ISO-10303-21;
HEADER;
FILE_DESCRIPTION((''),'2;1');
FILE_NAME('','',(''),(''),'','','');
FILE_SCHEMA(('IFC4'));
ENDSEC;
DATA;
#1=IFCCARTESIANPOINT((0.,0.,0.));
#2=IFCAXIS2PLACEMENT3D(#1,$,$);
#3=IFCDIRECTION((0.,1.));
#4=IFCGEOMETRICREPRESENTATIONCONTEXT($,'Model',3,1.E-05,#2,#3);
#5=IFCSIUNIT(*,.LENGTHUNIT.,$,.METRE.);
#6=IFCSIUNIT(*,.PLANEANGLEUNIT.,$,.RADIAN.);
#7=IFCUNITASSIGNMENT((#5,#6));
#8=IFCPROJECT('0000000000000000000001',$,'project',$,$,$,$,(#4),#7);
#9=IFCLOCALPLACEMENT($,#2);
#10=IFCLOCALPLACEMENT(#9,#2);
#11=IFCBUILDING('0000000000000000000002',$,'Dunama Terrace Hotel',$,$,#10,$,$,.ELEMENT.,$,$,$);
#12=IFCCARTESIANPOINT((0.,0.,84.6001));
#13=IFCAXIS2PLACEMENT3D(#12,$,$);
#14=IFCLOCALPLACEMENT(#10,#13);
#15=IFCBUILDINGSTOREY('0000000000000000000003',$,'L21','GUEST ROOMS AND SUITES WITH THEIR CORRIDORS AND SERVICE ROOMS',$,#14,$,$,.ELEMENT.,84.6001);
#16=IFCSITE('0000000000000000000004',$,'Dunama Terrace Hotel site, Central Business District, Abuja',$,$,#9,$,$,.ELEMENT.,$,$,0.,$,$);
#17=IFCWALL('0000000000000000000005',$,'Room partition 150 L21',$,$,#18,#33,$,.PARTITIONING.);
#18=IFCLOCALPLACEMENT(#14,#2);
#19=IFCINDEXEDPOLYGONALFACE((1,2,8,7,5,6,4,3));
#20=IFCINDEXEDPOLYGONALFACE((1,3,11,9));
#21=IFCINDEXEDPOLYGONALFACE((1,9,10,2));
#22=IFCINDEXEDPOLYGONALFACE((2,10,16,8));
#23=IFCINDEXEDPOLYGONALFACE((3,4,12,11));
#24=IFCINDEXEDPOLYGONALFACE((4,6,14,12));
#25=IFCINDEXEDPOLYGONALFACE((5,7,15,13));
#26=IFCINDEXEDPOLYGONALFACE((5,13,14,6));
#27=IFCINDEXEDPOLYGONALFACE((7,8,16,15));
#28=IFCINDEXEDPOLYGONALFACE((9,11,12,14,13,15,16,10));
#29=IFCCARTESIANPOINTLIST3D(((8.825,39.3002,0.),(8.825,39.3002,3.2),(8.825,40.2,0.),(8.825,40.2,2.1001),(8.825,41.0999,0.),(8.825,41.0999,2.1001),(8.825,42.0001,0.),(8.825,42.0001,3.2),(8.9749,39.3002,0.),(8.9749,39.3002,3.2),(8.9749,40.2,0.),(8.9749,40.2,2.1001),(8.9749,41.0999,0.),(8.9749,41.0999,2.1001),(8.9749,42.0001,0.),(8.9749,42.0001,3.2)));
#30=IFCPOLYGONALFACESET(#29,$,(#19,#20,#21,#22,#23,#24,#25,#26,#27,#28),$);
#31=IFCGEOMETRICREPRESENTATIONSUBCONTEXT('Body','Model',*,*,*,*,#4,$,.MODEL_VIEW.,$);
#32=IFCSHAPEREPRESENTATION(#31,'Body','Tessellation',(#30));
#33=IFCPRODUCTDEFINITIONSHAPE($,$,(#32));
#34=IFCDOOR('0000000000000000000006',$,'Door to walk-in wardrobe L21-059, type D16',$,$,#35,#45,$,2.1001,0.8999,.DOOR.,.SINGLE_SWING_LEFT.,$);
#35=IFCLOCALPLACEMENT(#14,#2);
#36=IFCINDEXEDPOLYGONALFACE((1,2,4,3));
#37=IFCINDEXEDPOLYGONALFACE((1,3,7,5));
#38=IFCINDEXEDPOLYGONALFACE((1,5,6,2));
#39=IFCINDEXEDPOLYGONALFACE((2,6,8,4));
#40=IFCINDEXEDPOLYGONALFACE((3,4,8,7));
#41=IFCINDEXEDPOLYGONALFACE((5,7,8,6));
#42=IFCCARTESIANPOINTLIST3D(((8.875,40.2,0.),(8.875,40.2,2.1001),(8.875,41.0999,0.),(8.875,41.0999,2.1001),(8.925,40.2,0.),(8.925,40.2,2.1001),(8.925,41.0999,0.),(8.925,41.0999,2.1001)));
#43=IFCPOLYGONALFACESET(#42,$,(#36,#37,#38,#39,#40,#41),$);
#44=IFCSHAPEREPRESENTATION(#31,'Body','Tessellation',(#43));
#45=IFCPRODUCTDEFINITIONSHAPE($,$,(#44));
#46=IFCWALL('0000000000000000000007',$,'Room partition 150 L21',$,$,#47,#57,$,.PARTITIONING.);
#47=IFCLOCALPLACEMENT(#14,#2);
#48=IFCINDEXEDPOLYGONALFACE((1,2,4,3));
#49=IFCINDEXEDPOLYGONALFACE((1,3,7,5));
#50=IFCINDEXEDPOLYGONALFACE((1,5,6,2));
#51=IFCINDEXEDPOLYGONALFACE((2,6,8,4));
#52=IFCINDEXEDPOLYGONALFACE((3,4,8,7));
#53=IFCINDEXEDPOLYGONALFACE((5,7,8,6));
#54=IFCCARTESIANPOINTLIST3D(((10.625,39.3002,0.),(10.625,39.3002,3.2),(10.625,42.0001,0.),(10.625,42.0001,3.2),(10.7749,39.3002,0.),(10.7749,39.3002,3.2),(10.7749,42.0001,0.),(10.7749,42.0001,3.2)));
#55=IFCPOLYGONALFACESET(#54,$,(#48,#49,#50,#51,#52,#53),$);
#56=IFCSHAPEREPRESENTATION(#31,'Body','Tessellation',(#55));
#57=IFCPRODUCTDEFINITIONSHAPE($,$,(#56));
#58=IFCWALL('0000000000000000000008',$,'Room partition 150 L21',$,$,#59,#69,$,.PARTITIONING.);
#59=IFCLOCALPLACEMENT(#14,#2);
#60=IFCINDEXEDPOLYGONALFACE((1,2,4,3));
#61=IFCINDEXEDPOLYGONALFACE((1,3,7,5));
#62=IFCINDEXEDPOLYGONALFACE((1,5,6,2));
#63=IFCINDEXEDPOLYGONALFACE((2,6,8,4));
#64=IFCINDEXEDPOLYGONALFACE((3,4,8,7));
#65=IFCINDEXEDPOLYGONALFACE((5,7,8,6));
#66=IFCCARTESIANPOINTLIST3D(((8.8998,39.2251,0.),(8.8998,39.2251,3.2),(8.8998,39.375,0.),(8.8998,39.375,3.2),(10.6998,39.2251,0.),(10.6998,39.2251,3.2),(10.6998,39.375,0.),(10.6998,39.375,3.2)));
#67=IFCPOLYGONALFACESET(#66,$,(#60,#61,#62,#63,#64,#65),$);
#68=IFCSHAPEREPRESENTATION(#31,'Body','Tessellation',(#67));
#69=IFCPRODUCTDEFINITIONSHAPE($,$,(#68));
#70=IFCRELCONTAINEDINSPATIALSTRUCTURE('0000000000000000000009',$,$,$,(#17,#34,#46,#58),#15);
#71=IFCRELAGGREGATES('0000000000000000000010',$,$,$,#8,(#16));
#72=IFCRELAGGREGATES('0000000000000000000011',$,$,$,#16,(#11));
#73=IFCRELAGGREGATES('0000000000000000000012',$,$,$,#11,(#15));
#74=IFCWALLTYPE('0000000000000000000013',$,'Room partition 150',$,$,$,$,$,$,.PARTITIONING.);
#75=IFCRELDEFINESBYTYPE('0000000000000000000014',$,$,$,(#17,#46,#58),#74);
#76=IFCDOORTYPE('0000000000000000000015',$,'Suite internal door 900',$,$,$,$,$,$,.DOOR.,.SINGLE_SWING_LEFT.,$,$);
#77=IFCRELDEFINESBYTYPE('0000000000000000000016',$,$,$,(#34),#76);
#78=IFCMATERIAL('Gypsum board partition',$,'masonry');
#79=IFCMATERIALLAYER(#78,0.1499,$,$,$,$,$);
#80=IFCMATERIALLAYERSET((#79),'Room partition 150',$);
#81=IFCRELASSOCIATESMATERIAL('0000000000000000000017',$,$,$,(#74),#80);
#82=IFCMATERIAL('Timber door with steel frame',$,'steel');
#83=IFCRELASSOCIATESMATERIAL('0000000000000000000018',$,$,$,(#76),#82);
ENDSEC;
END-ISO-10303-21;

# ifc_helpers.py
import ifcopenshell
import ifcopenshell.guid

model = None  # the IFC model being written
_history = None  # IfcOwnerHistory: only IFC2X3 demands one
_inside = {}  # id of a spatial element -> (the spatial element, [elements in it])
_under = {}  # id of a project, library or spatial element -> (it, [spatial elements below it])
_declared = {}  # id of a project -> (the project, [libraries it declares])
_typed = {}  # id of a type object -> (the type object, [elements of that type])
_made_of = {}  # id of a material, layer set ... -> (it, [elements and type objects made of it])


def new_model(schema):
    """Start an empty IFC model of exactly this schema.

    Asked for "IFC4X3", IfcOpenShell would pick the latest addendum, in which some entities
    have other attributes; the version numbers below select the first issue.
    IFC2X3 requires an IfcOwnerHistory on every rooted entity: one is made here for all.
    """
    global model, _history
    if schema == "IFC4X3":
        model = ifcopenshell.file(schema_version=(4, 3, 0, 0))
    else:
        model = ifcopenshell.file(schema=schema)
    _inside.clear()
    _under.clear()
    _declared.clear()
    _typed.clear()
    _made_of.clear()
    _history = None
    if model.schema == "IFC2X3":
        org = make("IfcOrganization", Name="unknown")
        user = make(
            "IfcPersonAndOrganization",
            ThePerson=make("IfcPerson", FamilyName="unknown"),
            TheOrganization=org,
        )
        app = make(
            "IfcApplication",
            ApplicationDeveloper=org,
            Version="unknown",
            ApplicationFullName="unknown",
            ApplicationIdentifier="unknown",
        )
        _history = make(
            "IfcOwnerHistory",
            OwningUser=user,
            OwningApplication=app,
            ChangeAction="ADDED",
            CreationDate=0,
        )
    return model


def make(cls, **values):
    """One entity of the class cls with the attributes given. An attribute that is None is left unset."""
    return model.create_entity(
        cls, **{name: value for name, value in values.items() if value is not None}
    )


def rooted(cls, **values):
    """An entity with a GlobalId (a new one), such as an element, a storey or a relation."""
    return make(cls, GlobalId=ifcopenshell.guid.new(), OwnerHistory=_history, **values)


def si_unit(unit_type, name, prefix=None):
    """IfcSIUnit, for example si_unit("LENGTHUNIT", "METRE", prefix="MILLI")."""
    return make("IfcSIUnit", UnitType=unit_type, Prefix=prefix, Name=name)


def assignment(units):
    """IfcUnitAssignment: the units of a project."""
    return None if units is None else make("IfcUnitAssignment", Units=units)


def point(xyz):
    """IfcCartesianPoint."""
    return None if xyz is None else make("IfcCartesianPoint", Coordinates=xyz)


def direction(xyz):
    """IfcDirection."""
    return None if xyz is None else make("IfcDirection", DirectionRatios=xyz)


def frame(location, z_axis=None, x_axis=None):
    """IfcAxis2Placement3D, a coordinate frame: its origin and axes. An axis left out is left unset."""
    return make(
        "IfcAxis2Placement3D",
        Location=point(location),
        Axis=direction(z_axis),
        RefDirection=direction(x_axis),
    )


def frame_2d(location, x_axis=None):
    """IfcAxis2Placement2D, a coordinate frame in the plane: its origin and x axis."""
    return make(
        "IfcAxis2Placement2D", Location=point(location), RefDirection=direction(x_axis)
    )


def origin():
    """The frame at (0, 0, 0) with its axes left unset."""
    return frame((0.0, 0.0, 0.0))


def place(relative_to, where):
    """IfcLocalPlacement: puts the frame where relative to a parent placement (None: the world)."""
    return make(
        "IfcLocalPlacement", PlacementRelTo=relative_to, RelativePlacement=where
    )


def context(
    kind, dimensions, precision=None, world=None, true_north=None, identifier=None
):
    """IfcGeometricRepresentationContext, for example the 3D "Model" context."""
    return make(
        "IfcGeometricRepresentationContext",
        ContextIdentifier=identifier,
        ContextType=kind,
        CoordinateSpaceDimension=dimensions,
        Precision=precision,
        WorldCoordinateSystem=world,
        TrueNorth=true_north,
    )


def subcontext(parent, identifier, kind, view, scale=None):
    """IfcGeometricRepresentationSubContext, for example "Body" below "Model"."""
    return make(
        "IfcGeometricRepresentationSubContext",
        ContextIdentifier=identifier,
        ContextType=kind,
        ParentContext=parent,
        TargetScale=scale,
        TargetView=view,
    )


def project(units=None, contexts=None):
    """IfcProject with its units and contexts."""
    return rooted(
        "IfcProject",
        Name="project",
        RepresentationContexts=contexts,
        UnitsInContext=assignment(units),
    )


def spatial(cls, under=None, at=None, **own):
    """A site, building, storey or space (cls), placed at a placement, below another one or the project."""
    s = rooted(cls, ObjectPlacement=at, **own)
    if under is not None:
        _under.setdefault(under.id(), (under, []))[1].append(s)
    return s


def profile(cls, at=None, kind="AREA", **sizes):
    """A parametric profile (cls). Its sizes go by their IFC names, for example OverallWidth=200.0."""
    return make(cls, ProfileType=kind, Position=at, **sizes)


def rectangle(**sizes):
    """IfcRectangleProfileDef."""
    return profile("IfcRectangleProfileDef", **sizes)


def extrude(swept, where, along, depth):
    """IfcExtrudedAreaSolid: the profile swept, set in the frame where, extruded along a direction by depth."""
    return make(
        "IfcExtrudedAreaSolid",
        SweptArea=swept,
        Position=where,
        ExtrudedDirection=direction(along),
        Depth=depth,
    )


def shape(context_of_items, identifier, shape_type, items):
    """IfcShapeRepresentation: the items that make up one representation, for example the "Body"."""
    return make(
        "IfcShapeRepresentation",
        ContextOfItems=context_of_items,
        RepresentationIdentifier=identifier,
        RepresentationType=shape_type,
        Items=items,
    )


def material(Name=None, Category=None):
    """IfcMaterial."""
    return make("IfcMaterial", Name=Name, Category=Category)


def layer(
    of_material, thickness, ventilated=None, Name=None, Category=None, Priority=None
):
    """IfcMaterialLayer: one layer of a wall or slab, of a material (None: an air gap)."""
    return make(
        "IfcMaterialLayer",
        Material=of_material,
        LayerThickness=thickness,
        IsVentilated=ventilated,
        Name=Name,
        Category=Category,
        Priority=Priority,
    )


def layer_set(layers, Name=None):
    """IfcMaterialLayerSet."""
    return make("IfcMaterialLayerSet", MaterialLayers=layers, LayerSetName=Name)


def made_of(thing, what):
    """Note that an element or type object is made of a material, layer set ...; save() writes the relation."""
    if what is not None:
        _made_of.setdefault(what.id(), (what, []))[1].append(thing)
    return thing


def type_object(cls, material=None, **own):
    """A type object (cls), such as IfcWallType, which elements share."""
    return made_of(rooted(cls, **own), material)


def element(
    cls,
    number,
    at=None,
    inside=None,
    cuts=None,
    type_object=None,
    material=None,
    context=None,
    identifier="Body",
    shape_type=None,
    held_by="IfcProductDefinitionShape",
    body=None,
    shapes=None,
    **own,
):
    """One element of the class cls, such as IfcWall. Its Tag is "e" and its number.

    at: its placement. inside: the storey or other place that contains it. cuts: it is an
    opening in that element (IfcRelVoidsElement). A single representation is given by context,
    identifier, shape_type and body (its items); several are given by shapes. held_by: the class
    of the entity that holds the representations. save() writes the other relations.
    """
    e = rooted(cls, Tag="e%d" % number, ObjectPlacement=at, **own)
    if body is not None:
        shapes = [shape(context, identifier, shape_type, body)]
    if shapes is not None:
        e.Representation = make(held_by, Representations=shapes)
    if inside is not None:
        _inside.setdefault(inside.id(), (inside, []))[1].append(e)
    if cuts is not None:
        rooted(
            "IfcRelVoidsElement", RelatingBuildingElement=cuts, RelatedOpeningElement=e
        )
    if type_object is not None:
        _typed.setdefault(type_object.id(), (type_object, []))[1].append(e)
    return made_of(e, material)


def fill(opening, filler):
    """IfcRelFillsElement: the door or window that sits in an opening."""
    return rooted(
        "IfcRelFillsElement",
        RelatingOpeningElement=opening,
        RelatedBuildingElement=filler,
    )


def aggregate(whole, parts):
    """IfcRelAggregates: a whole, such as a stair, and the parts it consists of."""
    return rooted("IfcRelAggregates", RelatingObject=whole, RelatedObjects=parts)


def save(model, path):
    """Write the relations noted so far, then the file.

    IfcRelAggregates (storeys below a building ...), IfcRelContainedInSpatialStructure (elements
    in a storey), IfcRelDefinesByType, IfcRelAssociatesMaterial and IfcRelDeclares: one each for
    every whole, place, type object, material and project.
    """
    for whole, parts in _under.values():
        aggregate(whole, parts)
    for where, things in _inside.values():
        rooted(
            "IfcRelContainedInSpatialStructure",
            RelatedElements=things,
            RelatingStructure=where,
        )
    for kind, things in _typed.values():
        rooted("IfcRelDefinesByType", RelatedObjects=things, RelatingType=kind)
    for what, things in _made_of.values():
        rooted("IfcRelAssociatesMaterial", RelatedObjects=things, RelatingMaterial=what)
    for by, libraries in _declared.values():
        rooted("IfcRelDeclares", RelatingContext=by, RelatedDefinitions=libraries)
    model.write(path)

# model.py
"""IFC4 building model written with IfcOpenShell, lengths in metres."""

from ifc_helpers import new_model, si_unit, direction, frame, frame_2d, origin, place, context, subcontext, project, spatial, rectangle, extrude, material, layer, layer_set, type_object, element, fill, save


model = new_model("IFC4")

# Units and contexts
model_context = context("Model", 3, precision=1e-05, world=origin(), true_north=direction((0.0, 1.0)))
body_context = subcontext(model_context, "Body", "Model", "MODEL_VIEW")
ifc_project = project(units=[si_unit("LENGTHUNIT", "METRE"), si_unit("PLANEANGLEUNIT", "RADIAN")], contexts=[model_context])

# Site, building, storey
site_placement = place(None, origin())
site = spatial("IfcSite", under=ifc_project, at=site_placement, Name="Dunama Terrace Hotel site, Central Business District, Abuja", CompositionType="ELEMENT", RefElevation=0.0)
building_placement = place(site_placement, origin())
building = spatial("IfcBuilding", under=site, at=building_placement, Name="Dunama Terrace Hotel", CompositionType="ELEMENT")
storey_placement = place(building_placement, frame((0.0, 0.0, 84.6001)))
storey = spatial("IfcBuildingStorey", under=building, at=storey_placement, Name="L21", Description="GUEST ROOMS AND SUITES WITH THEIR CORRIDORS AND SERVICE ROOMS", CompositionType="ELEMENT", Elevation=84.6001)

# Wall, opening, door
ifc_material_1 = material(Name="Gypsum board partition", Category="masonry")
ifc_layer_1 = layer(ifc_material_1, 0.1499)
ifc_layer_set_1 = layer_set([ifc_layer_1], Name="Room partition 150")
wall_type_1 = type_object("IfcWallType", Name="Room partition 150", PredefinedType="PARTITIONING", material=ifc_layer_set_1)
wall_1_placement = place(storey_placement, frame((8.8999, 39.3, 0.0), z_axis=(0.0, 0.0, 1.0), x_axis=(0.0, 1.0, 0.0)))
wall_1 = element("IfcWall", 1, at=wall_1_placement, inside=storey, type_object=wall_type_1, Name="Room partition 150 L21", PredefinedType="PARTITIONING", context=body_context, shape_type="SweptSolid", body=[
    extrude(rectangle(XDim=2.7, YDim=0.1499, at=frame_2d((1.3501, 0.0))), origin(), (0.0, 0.0, 1.0), 3.2),
])
opening_1_placement = place(wall_1_placement, frame((0.8999, 0.0, 0.0)))
opening_1 = element("IfcOpeningElement", 2, at=opening_1_placement, cuts=wall_1, PredefinedType="OPENING", context=body_context, shape_type="SweptSolid", body=[
    extrude(rectangle(XDim=0.8999, YDim=2.1001, at=frame_2d((0.45, 1.05))), frame((0.0, 0.085, 0.0), z_axis=(0.0, -1.0, 0.0), x_axis=(1.0, 0.0, 0.0)), (0.0, 0.0, 1.0), 0.1699),
])
ifc_material_2 = material(Name="Timber door with steel frame", Category="steel")
door_type_1 = type_object("IfcDoorType", Name="Suite internal door 900", OperationType="SINGLE_SWING_LEFT", PredefinedType="DOOR", material=ifc_material_2)
door_1_placement = place(opening_1_placement, frame((0.8999, 0.0, 0.0), z_axis=(0.0, 0.0, 1.0), x_axis=(-1.0, 0.0, 0.0)))
door_1 = element("IfcDoor", 3, at=door_1_placement, inside=storey, type_object=door_type_1, Name="Door to walk-in wardrobe L21-059, type D16", OperationType="SINGLE_SWING_LEFT", OverallHeight=2.1001, OverallWidth=0.8999, PredefinedType="DOOR", context=body_context, shape_type="SweptSolid", body=[
    extrude(rectangle(XDim=0.8999, YDim=2.1001, at=frame_2d((0.45, 1.05))), frame((0.0, 0.0251, 0.0), z_axis=(0.0, -1.0, 0.0), x_axis=(1.0, 0.0, 0.0)), (0.0, 0.0, 1.0), 0.05),
])
fill(opening_1, door_1)

# Walls
wall_2_placement = place(storey_placement, frame((10.7, 39.3, 0.0), z_axis=(0.0, 0.0, 1.0), x_axis=(0.0, 1.0, 0.0)))
element("IfcWall", 4, at=wall_2_placement, inside=storey, type_object=wall_type_1, Name="Room partition 150 L21", PredefinedType="PARTITIONING", context=body_context, shape_type="SweptSolid", body=[
    extrude(rectangle(XDim=2.7, YDim=0.1499, at=frame_2d((1.3501, 0.0))), origin(), (0.0, 0.0, 1.0), 3.2),
])
wall_3_placement = place(storey_placement, frame((8.8999, 39.3, 0.0), z_axis=(0.0, 0.0, 1.0), x_axis=(1.0, 0.0, 0.0)))
element("IfcWall", 5, at=wall_3_placement, inside=storey, type_object=wall_type_1, Name="Room partition 150 L21", PredefinedType="PARTITIONING", context=body_context, shape_type="SweptSolid", body=[
    extrude(rectangle(XDim=1.8, YDim=0.1499, at=frame_2d((0.8999, 0.0))), origin(), (0.0, 0.0, 1.0), 3.2),
])

save(model, "model.ifc")
